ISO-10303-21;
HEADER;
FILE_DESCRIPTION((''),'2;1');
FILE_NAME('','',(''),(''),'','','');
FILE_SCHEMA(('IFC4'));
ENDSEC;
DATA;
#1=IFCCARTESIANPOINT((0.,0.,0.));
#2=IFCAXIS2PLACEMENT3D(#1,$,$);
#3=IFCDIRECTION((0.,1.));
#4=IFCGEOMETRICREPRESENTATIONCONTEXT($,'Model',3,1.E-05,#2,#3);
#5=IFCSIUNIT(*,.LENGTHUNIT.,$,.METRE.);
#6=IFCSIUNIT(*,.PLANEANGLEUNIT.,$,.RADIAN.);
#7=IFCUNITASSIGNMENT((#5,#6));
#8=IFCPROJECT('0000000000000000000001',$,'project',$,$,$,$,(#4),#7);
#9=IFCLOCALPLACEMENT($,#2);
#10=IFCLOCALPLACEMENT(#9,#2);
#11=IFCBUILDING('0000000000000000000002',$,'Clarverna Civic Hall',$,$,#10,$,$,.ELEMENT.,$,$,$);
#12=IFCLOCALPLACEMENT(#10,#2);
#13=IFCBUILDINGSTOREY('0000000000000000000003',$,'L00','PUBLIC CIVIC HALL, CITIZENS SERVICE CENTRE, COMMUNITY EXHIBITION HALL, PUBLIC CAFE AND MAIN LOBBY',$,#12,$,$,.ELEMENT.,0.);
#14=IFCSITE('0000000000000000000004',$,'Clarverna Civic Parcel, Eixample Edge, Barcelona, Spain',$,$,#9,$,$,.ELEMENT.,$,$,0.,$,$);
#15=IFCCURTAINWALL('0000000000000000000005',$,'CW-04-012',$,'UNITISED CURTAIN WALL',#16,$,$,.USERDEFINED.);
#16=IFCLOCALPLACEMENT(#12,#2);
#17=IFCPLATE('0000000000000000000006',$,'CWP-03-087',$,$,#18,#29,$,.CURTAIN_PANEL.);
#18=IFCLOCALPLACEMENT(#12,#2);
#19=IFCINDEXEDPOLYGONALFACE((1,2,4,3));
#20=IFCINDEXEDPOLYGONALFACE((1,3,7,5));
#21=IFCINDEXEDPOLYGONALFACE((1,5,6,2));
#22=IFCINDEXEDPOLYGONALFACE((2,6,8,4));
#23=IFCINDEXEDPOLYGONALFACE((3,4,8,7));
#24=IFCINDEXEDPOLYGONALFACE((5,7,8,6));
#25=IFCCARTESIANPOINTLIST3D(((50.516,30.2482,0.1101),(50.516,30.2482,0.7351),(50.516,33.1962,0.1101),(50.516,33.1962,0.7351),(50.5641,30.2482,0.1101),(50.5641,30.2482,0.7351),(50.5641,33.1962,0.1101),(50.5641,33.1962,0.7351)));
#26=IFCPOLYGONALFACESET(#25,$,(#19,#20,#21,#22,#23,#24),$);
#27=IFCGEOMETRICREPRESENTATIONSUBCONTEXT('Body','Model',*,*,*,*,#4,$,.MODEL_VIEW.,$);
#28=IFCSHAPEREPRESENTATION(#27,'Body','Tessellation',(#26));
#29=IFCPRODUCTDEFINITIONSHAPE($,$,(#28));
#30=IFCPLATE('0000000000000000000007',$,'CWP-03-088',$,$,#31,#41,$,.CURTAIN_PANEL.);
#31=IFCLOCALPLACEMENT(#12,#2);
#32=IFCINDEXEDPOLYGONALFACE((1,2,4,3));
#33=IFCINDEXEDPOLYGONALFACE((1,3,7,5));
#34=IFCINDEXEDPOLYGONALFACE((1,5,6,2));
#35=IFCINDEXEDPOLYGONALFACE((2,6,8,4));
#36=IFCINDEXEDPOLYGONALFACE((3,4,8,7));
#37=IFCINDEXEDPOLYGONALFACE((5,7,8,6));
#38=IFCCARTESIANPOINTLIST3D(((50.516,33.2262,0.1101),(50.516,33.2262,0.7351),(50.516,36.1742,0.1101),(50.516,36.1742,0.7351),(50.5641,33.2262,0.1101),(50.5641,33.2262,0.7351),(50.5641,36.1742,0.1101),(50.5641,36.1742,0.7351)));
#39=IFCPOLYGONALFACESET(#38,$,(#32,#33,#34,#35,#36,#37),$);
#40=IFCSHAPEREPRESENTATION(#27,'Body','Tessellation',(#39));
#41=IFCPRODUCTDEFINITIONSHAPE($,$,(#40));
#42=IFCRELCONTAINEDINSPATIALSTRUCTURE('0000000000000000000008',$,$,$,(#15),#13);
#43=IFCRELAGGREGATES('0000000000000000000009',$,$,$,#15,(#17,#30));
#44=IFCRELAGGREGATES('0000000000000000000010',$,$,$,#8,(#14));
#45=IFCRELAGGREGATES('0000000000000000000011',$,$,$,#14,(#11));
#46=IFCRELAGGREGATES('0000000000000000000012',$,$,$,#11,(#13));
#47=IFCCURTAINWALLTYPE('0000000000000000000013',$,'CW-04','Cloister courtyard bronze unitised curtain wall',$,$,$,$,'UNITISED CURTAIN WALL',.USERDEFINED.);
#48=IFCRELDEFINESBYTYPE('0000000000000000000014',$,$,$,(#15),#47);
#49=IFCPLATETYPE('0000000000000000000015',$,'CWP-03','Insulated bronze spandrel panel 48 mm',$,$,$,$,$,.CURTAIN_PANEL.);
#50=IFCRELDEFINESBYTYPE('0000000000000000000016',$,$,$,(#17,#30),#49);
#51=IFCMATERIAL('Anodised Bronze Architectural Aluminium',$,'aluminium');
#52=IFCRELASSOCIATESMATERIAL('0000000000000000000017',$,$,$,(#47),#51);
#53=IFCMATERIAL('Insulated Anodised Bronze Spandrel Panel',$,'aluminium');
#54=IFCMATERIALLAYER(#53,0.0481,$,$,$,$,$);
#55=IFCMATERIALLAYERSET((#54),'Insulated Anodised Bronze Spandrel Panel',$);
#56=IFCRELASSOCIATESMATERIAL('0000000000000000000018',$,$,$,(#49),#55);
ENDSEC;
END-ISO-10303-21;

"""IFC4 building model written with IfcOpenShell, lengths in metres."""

from ifc_helpers import new_model, si_unit, direction, frame, frame_2d, origin, place, context, subcontext, project, spatial, rectangle, extrude, material, layer, layer_set, type_object, element, aggregate, save


model = new_model("IFC4")

# Units and contexts
model_context = context("Model", 3, precision=1e-05, world=origin(), true_north=direction((0.0, 1.0)))
body_context = subcontext(model_context, "Body", "Model", "MODEL_VIEW")
ifc_project = project(units=[si_unit("LENGTHUNIT", "METRE"), si_unit("PLANEANGLEUNIT", "RADIAN")], contexts=[model_context])

# Site, building, storey
site_placement = place(None, origin())
site = spatial("IfcSite", under=ifc_project, at=site_placement, Name="Clarverna Civic Parcel, Eixample Edge, Barcelona, Spain", CompositionType="ELEMENT", RefElevation=0.0)
building_placement = place(site_placement, origin())
building = spatial("IfcBuilding", under=site, at=building_placement, Name="Clarverna Civic Hall", CompositionType="ELEMENT")
storey_placement = place(building_placement, origin())
storey = spatial("IfcBuildingStorey", under=building, at=storey_placement, Name="L00", Description="PUBLIC CIVIC HALL, CITIZENS SERVICE CENTRE, COMMUNITY EXHIBITION HALL, PUBLIC CAFE AND MAIN LOBBY", CompositionType="ELEMENT", Elevation=0.0)

# Curtain wall
ifc_material_1 = material(Name="Anodised Bronze Architectural Aluminium", Category="aluminium")
curtain_wall_type = type_object("IfcCurtainWallType", Name="CW-04", Description="Cloister courtyard bronze unitised curtain wall", ElementType="UNITISED CURTAIN WALL", PredefinedType="USERDEFINED", material=ifc_material_1)
curtain_wall_1_placement = place(storey_placement, origin())
curtain_wall_1 = element("IfcCurtainWall", 1, at=curtain_wall_1_placement, inside=storey, type_object=curtain_wall_type, Name="CW-04-012", ObjectType="UNITISED CURTAIN WALL", PredefinedType="USERDEFINED")

# Plates
ifc_material_2 = material(Name="Insulated Anodised Bronze Spandrel Panel", Category="aluminium")
ifc_layer_1 = layer(ifc_material_2, 0.0481)
ifc_layer_set_1 = layer_set([ifc_layer_1], Name="Insulated Anodised Bronze Spandrel Panel")
plate_type_1 = type_object("IfcPlateType", Name="CWP-03", Description="Insulated bronze spandrel panel 48 mm", PredefinedType="CURTAIN_PANEL", material=ifc_layer_set_1)
plate_1_placement = place(storey_placement, frame((50.54, 30.248, 0.1101), z_axis=(0.0, 0.0, 1.0), x_axis=(0.0, 1.0, 0.0)))
plate_1 = element("IfcPlate", 2, at=plate_1_placement, type_object=plate_type_1, Name="CWP-03-087", PredefinedType="CURTAIN_PANEL", context=body_context, shape_type="SweptSolid", body=[
    extrude(rectangle(XDim=2.948, YDim=0.0481, at=frame_2d((1.4741, 0.0))), origin(), (0.0, 0.0, 1.0), 0.625),
])
plate_2_placement = place(storey_placement, frame((50.54, 33.2261, 0.1101), z_axis=(0.0, 0.0, 1.0), x_axis=(0.0, 1.0, 0.0)))
plate_2 = element("IfcPlate", 3, at=plate_2_placement, type_object=plate_type_1, Name="CWP-03-088", PredefinedType="CURTAIN_PANEL", context=body_context, shape_type="SweptSolid", body=[
    extrude(rectangle(XDim=2.948, YDim=0.0481, at=frame_2d((1.4741, 0.0))), origin(), (0.0, 0.0, 1.0), 0.625),
])
aggregate(curtain_wall_1, [plate_1, plate_2])

save(model, "model.ifc")
